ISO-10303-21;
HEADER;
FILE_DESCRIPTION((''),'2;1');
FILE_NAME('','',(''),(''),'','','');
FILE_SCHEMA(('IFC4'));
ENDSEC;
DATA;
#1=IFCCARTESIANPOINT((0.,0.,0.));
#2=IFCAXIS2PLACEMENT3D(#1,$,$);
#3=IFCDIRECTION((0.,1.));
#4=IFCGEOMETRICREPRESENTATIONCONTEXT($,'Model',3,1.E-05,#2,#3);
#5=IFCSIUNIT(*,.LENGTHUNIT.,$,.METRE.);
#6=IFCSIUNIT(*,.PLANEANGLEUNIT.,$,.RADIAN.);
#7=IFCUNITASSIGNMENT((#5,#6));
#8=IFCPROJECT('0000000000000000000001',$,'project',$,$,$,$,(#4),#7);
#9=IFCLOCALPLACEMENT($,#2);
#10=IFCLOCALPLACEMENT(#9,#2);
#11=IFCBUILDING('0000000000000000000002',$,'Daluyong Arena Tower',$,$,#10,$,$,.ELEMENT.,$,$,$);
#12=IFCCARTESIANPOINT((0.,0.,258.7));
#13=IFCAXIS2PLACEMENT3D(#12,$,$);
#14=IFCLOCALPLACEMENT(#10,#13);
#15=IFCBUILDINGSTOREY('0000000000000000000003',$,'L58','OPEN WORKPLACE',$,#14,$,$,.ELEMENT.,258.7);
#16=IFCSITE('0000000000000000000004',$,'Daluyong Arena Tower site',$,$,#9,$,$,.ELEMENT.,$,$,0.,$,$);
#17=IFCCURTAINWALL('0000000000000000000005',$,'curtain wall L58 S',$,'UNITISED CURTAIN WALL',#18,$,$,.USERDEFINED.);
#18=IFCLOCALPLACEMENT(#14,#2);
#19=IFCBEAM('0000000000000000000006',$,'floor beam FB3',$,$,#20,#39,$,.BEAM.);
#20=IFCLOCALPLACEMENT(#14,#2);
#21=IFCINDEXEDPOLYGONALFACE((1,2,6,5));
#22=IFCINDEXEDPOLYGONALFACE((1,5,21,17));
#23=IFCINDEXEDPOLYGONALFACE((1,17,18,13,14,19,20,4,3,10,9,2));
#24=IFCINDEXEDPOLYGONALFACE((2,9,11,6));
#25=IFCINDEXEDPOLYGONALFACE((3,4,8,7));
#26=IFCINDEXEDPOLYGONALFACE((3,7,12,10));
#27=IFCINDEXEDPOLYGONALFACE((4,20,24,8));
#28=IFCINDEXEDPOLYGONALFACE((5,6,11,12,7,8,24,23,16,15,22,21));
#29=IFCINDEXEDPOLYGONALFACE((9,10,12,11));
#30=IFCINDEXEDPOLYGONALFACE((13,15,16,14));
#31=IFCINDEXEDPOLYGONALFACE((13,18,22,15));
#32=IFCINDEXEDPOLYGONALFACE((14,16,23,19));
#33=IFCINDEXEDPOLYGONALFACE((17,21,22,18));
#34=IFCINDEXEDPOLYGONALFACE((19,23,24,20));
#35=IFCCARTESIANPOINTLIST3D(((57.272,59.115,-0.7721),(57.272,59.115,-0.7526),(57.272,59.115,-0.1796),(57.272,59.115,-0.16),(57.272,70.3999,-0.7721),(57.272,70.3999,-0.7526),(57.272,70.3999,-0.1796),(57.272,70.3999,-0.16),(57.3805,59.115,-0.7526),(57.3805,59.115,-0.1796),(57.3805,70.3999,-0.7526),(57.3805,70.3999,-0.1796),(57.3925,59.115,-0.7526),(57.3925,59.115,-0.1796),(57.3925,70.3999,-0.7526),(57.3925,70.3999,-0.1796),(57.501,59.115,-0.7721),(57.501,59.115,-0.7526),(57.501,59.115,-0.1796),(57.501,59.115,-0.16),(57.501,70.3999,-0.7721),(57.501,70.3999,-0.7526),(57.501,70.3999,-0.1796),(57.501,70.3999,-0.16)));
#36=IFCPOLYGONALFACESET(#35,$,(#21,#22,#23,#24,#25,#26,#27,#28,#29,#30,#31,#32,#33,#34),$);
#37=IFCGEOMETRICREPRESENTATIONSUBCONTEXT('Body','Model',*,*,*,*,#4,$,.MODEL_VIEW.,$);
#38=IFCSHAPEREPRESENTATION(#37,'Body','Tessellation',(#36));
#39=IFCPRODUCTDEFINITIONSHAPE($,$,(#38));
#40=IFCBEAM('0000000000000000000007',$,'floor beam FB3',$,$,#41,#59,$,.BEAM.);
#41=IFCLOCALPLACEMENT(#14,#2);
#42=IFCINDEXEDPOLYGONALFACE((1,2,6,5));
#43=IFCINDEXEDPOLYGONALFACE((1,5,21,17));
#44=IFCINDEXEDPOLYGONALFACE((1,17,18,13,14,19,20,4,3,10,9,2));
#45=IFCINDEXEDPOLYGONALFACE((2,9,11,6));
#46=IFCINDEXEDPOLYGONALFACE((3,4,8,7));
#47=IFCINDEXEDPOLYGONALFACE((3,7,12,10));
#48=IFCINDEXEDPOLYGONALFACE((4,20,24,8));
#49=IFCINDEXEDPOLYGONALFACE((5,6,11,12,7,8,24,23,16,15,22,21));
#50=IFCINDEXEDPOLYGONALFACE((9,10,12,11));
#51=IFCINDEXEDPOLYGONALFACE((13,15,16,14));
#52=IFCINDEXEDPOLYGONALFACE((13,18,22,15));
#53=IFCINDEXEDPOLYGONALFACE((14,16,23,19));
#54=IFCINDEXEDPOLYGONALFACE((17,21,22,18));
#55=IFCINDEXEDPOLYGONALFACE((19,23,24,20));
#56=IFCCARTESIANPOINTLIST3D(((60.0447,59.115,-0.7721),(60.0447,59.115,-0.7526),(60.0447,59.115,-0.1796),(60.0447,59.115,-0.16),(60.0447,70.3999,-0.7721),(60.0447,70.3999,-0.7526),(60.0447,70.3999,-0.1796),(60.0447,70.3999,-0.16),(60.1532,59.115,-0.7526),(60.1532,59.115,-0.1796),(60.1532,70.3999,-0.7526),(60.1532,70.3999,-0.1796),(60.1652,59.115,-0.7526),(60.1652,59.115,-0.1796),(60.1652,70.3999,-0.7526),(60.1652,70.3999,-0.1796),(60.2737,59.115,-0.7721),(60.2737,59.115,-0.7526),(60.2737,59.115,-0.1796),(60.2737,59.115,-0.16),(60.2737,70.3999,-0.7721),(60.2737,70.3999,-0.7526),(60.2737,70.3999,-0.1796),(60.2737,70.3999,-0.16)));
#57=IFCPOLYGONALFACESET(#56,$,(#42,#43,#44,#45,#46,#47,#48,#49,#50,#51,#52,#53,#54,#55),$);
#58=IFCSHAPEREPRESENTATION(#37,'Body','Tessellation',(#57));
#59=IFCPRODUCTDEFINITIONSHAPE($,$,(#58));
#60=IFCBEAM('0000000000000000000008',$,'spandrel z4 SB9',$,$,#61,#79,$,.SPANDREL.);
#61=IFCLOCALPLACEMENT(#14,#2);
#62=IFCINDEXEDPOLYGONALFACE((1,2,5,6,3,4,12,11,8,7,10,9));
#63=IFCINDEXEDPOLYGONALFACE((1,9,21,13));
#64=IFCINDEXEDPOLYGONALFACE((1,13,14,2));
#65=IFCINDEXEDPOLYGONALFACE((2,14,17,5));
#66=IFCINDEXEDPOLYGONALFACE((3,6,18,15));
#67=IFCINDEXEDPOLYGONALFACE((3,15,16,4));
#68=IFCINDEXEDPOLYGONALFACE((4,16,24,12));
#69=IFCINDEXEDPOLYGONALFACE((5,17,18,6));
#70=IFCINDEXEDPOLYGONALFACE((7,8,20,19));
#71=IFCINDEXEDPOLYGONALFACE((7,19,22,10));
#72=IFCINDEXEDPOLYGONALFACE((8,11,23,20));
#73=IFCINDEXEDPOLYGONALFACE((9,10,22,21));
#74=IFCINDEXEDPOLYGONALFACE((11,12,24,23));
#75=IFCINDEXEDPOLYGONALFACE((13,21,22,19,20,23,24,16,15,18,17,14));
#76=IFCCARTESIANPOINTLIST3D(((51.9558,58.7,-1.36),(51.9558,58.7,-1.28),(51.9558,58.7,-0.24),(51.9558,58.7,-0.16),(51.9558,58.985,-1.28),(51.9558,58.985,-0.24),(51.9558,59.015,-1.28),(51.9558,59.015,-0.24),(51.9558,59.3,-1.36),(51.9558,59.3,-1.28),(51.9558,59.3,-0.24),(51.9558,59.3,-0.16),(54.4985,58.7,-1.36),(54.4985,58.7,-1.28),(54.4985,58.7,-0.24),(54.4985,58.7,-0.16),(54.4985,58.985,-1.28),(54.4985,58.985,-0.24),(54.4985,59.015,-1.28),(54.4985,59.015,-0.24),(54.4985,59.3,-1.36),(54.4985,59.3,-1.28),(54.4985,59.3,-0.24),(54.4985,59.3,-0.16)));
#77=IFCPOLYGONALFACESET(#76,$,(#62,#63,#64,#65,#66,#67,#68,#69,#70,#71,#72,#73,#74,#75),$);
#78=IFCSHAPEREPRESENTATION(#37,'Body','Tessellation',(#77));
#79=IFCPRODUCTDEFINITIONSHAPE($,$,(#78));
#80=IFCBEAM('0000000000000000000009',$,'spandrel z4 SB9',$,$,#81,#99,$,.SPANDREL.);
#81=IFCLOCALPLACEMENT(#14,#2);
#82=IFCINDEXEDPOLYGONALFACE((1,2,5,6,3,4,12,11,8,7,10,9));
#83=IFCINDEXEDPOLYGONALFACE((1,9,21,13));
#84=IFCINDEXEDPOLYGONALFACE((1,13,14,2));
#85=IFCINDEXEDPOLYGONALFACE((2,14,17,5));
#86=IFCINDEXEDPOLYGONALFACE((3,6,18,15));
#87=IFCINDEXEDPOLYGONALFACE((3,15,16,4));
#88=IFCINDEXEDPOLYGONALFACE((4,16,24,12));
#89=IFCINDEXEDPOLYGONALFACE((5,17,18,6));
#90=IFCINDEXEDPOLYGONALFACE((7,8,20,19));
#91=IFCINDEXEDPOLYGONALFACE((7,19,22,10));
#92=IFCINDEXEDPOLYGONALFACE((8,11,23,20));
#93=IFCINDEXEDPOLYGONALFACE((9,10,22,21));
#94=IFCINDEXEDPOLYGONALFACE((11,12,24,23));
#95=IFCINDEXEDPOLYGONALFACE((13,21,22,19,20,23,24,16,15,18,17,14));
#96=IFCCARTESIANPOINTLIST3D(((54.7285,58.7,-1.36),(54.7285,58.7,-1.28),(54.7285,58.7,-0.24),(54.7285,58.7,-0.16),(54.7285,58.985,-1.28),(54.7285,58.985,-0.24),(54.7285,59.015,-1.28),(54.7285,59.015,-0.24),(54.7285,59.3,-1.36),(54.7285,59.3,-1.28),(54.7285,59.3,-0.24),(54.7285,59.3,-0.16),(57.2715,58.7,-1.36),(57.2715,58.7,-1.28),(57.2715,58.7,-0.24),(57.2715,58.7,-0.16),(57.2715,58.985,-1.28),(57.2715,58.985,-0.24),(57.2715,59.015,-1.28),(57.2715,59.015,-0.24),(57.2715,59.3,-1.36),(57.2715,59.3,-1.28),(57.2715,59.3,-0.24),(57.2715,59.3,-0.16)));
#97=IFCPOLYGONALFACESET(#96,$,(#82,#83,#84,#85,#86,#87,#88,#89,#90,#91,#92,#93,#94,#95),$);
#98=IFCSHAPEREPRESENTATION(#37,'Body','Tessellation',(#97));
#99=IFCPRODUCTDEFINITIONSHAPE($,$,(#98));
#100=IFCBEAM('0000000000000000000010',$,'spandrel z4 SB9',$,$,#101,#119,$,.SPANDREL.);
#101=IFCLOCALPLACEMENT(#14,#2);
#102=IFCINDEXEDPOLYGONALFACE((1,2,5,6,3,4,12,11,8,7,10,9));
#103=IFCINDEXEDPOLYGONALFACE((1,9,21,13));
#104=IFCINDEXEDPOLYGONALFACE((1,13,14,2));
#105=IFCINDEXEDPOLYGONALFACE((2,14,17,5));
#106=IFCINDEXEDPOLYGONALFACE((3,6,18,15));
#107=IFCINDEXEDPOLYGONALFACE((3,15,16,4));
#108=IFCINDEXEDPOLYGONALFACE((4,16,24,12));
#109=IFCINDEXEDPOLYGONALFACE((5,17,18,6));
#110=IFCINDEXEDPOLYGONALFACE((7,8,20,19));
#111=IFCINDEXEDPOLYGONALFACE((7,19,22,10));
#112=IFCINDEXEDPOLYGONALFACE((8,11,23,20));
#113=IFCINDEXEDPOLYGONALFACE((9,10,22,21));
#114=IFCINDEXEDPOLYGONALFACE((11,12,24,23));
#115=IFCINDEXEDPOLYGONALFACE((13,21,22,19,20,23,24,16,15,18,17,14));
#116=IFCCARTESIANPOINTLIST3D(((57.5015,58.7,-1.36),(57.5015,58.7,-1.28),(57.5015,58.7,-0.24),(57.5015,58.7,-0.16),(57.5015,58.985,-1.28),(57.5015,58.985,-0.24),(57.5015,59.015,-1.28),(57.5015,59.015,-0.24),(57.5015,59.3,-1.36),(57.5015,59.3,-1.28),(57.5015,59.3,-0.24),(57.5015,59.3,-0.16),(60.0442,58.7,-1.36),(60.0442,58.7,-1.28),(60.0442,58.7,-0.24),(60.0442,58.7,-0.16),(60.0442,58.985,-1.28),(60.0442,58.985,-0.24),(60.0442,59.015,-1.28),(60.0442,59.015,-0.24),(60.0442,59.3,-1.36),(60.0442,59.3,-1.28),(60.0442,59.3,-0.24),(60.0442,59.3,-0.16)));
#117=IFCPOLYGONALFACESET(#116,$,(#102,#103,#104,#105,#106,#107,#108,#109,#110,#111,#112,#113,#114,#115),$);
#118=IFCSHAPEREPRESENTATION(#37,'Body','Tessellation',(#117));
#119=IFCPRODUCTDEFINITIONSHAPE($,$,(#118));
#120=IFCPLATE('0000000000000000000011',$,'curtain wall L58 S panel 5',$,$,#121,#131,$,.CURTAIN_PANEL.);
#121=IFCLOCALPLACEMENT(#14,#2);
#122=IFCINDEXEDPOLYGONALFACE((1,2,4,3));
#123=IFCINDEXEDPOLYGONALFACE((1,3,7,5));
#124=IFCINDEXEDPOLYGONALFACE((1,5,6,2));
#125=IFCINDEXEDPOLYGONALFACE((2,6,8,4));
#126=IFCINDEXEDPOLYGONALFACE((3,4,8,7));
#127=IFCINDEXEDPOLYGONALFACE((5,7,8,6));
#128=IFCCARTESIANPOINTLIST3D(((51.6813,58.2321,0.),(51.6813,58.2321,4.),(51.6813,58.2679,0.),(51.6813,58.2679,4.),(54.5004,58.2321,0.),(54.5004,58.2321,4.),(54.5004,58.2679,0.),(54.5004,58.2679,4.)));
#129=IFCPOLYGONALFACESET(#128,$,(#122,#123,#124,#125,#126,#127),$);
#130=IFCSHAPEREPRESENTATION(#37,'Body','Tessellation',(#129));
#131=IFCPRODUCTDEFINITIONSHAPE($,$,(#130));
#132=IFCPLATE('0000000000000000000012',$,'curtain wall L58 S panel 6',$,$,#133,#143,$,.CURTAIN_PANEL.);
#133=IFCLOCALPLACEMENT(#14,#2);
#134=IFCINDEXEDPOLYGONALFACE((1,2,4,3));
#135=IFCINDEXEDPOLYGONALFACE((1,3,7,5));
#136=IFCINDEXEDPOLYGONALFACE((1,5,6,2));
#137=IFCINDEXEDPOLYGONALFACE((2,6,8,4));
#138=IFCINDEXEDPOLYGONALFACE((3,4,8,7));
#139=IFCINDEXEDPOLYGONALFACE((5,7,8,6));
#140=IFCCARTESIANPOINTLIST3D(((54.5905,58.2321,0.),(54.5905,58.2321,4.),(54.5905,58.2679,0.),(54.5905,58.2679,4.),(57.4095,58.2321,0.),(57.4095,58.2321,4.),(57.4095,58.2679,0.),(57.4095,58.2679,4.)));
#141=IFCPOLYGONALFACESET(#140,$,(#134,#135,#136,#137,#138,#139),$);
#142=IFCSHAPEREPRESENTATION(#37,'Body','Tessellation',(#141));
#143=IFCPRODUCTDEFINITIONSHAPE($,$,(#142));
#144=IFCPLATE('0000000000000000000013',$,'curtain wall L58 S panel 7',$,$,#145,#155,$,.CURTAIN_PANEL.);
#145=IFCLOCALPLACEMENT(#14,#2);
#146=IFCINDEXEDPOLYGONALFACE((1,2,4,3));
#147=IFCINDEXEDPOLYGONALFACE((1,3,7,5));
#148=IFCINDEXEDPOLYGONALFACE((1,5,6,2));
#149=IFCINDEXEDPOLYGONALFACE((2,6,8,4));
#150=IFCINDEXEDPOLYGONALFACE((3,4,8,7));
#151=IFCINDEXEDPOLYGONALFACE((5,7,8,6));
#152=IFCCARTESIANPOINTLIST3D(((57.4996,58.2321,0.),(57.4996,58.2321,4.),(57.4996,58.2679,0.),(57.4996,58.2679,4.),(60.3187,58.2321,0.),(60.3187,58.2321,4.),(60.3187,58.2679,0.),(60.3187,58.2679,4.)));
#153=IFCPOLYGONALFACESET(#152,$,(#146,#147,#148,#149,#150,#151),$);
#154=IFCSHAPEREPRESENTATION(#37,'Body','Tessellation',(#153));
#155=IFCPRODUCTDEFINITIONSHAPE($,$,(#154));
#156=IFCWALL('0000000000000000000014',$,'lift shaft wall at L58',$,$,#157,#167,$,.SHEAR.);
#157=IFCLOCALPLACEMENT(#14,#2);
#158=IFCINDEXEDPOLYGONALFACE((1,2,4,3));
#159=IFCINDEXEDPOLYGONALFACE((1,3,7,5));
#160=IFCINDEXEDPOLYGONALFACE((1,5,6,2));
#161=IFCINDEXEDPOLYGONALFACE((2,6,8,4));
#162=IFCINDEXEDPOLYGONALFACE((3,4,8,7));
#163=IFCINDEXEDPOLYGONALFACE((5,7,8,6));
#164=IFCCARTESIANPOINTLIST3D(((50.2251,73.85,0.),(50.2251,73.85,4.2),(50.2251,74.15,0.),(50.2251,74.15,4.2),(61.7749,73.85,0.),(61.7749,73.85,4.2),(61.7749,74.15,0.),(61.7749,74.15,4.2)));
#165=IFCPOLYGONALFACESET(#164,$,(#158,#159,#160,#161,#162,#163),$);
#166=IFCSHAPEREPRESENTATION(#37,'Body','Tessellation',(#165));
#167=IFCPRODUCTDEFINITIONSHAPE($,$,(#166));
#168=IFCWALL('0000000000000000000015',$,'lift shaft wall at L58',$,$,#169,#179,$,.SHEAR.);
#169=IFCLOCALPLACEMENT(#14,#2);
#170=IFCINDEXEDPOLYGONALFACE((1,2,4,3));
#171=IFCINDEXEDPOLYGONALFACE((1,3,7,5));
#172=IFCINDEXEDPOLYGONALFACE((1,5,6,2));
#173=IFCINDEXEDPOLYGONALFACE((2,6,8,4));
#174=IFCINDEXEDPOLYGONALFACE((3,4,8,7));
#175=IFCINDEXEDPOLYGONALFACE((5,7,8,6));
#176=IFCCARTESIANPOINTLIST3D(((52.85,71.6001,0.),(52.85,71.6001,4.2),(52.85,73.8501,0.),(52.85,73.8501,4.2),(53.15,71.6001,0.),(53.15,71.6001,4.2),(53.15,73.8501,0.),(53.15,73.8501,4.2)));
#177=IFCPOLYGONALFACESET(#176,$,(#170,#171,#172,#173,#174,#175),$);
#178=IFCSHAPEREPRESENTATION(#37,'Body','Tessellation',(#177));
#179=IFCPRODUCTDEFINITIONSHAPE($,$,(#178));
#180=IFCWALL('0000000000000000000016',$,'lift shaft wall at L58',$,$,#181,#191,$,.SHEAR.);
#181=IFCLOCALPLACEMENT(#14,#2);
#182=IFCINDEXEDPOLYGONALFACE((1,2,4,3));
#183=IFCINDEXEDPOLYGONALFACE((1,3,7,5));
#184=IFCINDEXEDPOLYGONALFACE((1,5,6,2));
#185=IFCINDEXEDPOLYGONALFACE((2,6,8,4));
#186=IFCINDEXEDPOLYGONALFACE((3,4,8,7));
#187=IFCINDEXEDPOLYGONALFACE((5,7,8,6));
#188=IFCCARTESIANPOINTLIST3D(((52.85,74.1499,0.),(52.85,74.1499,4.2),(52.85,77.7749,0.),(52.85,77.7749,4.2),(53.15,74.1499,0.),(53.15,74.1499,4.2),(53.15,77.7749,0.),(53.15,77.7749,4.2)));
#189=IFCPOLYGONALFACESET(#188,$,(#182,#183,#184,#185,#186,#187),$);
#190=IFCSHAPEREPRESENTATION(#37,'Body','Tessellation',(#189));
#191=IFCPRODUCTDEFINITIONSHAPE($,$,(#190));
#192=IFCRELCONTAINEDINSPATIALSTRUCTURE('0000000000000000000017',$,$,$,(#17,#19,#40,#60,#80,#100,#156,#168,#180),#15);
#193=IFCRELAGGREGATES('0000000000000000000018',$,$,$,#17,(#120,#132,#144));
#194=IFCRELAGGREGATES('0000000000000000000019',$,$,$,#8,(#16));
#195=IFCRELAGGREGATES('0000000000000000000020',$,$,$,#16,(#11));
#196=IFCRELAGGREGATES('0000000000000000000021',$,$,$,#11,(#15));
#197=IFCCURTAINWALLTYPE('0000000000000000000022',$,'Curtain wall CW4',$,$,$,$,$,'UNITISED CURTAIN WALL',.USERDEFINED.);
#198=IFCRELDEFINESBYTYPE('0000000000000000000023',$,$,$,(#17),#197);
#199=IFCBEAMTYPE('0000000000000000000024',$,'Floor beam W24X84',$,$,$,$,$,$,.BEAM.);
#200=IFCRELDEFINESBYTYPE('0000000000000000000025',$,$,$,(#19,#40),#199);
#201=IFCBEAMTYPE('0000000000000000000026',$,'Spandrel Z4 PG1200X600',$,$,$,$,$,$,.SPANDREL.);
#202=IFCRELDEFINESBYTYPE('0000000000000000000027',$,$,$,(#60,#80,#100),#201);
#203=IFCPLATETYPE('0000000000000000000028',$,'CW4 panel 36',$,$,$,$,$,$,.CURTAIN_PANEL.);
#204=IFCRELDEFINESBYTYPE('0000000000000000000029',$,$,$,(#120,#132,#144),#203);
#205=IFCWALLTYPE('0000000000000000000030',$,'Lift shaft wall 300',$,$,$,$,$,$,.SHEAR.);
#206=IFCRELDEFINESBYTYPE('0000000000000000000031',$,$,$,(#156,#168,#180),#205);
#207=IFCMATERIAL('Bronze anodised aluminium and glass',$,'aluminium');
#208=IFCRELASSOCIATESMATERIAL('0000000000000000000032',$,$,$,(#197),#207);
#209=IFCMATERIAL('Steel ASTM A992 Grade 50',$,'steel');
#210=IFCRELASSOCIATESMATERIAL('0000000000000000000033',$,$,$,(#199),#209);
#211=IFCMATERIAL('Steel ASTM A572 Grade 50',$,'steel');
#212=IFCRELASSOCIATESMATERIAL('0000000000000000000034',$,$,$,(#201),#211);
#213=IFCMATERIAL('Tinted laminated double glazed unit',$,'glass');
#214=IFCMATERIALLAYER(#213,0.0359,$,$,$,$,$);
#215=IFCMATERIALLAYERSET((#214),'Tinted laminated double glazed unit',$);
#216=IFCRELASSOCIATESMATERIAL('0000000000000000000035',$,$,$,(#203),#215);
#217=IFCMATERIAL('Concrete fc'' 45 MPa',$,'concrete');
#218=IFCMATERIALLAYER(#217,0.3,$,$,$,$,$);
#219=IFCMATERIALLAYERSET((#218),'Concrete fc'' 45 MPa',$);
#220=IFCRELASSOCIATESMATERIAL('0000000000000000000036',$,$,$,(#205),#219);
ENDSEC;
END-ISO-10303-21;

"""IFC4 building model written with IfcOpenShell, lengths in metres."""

from ifc_helpers import new_model, si_unit, direction, frame, frame_2d, origin, origin_2d, place, context, subcontext, project, spatial, rectangle, i_section, extrude, material, layer, layer_set, material_profile, profile_set, type_object, element, aggregate, save


model = new_model("IFC4")

# Units and contexts
model_context = context("Model", 3, precision=1e-05, world=origin(), true_north=direction((0.0, 1.0)))
body_context = subcontext(model_context, "Body", "Model", "MODEL_VIEW")
ifc_project = project(units=[si_unit("LENGTHUNIT", "METRE"), si_unit("PLANEANGLEUNIT", "RADIAN")], contexts=[model_context])

# Site, building, storey
site_placement = place(None, origin())
site = spatial("IfcSite", under=ifc_project, at=site_placement, Name="Daluyong Arena Tower site", CompositionType="ELEMENT", RefElevation=0.0)
building_placement = place(site_placement, origin())
building = spatial("IfcBuilding", under=site, at=building_placement, Name="Daluyong Arena Tower", CompositionType="ELEMENT")
storey_placement = place(building_placement, frame((0.0, 0.0, 258.7)))
storey = spatial("IfcBuildingStorey", under=building, at=storey_placement, Name="L58", Description="OPEN WORKPLACE", CompositionType="ELEMENT", Elevation=258.7)

# Curtain wall
ifc_material_1 = material(Name="Bronze anodised aluminium and glass", Category="aluminium")
curtain_wall_type = type_object("IfcCurtainWallType", Name="Curtain wall CW4", ElementType="UNITISED CURTAIN WALL", PredefinedType="USERDEFINED", material=ifc_material_1)
curtain_wall_placement = place(storey_placement, origin())
curtain_wall = element("IfcCurtainWall", 1, at=curtain_wall_placement, inside=storey, type_object=curtain_wall_type, Name="curtain wall L58 S", ObjectType="UNITISED CURTAIN WALL", PredefinedType="USERDEFINED")

# Beams
ifc_material_2 = material(Name="Steel ASTM A992 Grade 50", Category="steel")
ifc_material_profile_1 = material_profile(ifc_material_2, i_section(OverallWidth=0.229, OverallDepth=0.6121, WebThickness=0.012, FlangeThickness=0.0195, at=origin_2d()))
ifc_profile_set_1 = profile_set([ifc_material_profile_1], Name="Steel ASTM A992 Grade 50")
beam_type_1 = type_object("IfcBeamType", Name="Floor beam W24X84", PredefinedType="BEAM", material=ifc_profile_set_1)
for number, where, z_axis, x_axis, name in (
    (2, (57.3865, 59.115, -0.4661), (0.0, 1.0, 0.0), (-1.0, 0.0, 0.0), "floor beam FB3"),
    (3, (60.1592, 59.115, -0.4661), (0.0, 1.0, 0.0), (-1.0, 0.0, 0.0), "floor beam FB3"),
):
    element("IfcBeam", number, at=place(storey_placement, frame(where, z_axis=z_axis, x_axis=x_axis)), inside=storey, type_object=beam_type_1, Name=name, PredefinedType="BEAM", context=body_context, shape_type="SweptSolid", body=[
        extrude(i_section(OverallWidth=0.229, OverallDepth=0.6121, WebThickness=0.012, FlangeThickness=0.0195, at=origin_2d()), origin(), (0.0, 0.0, 1.0), 11.2849),
    ])
ifc_material_3 = material(Name="Steel ASTM A572 Grade 50", Category="steel")
ifc_material_profile_2 = material_profile(ifc_material_3, i_section(OverallWidth=0.6001, OverallDepth=1.2, WebThickness=0.03, FlangeThickness=0.08, at=origin_2d()))
ifc_profile_set_2 = profile_set([ifc_material_profile_2], Name="Steel ASTM A572 Grade 50")
beam_type_2 = type_object("IfcBeamType", Name="Spandrel Z4 PG1200X600", PredefinedType="SPANDREL", material=ifc_profile_set_2)
beam_1_placement = place(storey_placement, frame((51.9558, 59.0, -0.76), z_axis=(1.0, 0.0, 0.0), x_axis=(0.0, 1.0, 0.0)))
element("IfcBeam", 4, at=beam_1_placement, inside=storey, type_object=beam_type_2, Name="spandrel z4 SB9", PredefinedType="SPANDREL", context=body_context, shape_type="SweptSolid", body=[
    extrude(i_section(OverallWidth=0.6001, OverallDepth=1.2, WebThickness=0.03, FlangeThickness=0.08, at=origin_2d()), origin(), (0.0, 0.0, 1.0), 2.5427),
])
beam_2_placement = place(storey_placement, frame((54.7285, 59.0, -0.76), z_axis=(1.0, 0.0, 0.0), x_axis=(0.0, 1.0, 0.0)))
element("IfcBeam", 5, at=beam_2_placement, inside=storey, type_object=beam_type_2, Name="spandrel z4 SB9", PredefinedType="SPANDREL", context=body_context, shape_type="SweptSolid", body=[
    extrude(i_section(OverallWidth=0.6001, OverallDepth=1.2, WebThickness=0.03, FlangeThickness=0.08, at=origin_2d()), origin(), (0.0, 0.0, 1.0), 2.543),
])
beam_3_placement = place(storey_placement, frame((57.5015, 59.0, -0.76), z_axis=(1.0, 0.0, 0.0), x_axis=(0.0, 1.0, 0.0)))
element("IfcBeam", 6, at=beam_3_placement, inside=storey, type_object=beam_type_2, Name="spandrel z4 SB9", PredefinedType="SPANDREL", context=body_context, shape_type="SweptSolid", body=[
    extrude(i_section(OverallWidth=0.6001, OverallDepth=1.2, WebThickness=0.03, FlangeThickness=0.08, at=origin_2d()), origin(), (0.0, 0.0, 1.0), 2.5427),
])

# Plates
ifc_material_4 = material(Name="Tinted laminated double glazed unit", Category="glass")
ifc_layer_1 = layer(ifc_material_4, 0.0359)
ifc_layer_set_1 = layer_set([ifc_layer_1], Name="Tinted laminated double glazed unit")
plate_type = type_object("IfcPlateType", Name="CW4 panel 36", PredefinedType="CURTAIN_PANEL", material=ifc_layer_set_1)
plate_1_placement = place(storey_placement, frame((53.0908, 58.25, 0.0), z_axis=(0.0, 0.0, 1.0), x_axis=(1.0, 0.0, 0.0)))
plate_1 = element("IfcPlate", 7, at=plate_1_placement, type_object=plate_type, Name="curtain wall L58 S panel 5", PredefinedType="CURTAIN_PANEL", context=body_context, shape_type="SweptSolid", body=[
    extrude(rectangle(XDim=2.8191, YDim=0.0359, at=origin_2d()), origin(), (0.0, 0.0, 1.0), 4.0),
])
plate_2_placement = place(storey_placement, frame((56.0, 58.25, 0.0), z_axis=(0.0, 0.0, 1.0), x_axis=(1.0, 0.0, 0.0)))
plate_2 = element("IfcPlate", 8, at=plate_2_placement, type_object=plate_type, Name="curtain wall L58 S panel 6", PredefinedType="CURTAIN_PANEL", context=body_context, shape_type="SweptSolid", body=[
    extrude(rectangle(XDim=2.8191, YDim=0.0359, at=origin_2d()), origin(), (0.0, 0.0, 1.0), 4.0),
])
plate_3_placement = place(storey_placement, frame((58.9092, 58.25, 0.0), z_axis=(0.0, 0.0, 1.0), x_axis=(1.0, 0.0, 0.0)))
plate_3 = element("IfcPlate", 9, at=plate_3_placement, type_object=plate_type, Name="curtain wall L58 S panel 7", PredefinedType="CURTAIN_PANEL", context=body_context, shape_type="SweptSolid", body=[
    extrude(rectangle(XDim=2.8191, YDim=0.0359, at=origin_2d()), origin(), (0.0, 0.0, 1.0), 4.0),
])
aggregate(curtain_wall, [plate_1, plate_2, plate_3])

# Walls
ifc_material_5 = material(Name="Concrete fc' 45 MPa", Category="concrete")
ifc_layer_2 = layer(ifc_material_5, 0.3)
ifc_layer_set_2 = layer_set([ifc_layer_2], Name="Concrete fc' 45 MPa")
wall_type_1 = type_object("IfcWallType", Name="Lift shaft wall 300", PredefinedType="SHEAR", material=ifc_layer_set_2)
wall_1_placement = place(storey_placement, frame((50.2251, 74.0, 0.0), z_axis=(0.0, 0.0, 1.0), x_axis=(1.0, 0.0, 0.0)))
element("IfcWall", 10, at=wall_1_placement, inside=storey, type_object=wall_type_1, Name="lift shaft wall at L58", PredefinedType="SHEAR", context=body_context, shape_type="SweptSolid", body=[
    extrude(rectangle(XDim=11.5498, YDim=0.3, at=frame_2d((5.7749, 0.0))), origin(), (0.0, 0.0, 1.0), 4.2),
])
wall_2_placement = place(storey_placement, frame((53.0, 71.6001, 0.0), z_axis=(0.0, 0.0, 1.0), x_axis=(0.0, 1.0, 0.0)))
element("IfcWall", 11, at=wall_2_placement, inside=storey, type_object=wall_type_1, Name="lift shaft wall at L58", PredefinedType="SHEAR", context=body_context, shape_type="SweptSolid", body=[
    extrude(rectangle(XDim=2.25, YDim=0.3, at=frame_2d((1.125, 0.0))), origin(), (0.0, 0.0, 1.0), 4.2),
])
wall_3_placement = place(storey_placement, frame((53.0, 74.1499, 0.0), z_axis=(0.0, 0.0, 1.0), x_axis=(0.0, 1.0, 0.0)))
element("IfcWall", 12, at=wall_3_placement, inside=storey, type_object=wall_type_1, Name="lift shaft wall at L58", PredefinedType="SHEAR", context=body_context, shape_type="SweptSolid", body=[
    extrude(rectangle(XDim=3.625, YDim=0.3, at=frame_2d((1.8125, 0.0))), origin(), (0.0, 0.0, 1.0), 4.2),
])

save(model, "model.ifc")
